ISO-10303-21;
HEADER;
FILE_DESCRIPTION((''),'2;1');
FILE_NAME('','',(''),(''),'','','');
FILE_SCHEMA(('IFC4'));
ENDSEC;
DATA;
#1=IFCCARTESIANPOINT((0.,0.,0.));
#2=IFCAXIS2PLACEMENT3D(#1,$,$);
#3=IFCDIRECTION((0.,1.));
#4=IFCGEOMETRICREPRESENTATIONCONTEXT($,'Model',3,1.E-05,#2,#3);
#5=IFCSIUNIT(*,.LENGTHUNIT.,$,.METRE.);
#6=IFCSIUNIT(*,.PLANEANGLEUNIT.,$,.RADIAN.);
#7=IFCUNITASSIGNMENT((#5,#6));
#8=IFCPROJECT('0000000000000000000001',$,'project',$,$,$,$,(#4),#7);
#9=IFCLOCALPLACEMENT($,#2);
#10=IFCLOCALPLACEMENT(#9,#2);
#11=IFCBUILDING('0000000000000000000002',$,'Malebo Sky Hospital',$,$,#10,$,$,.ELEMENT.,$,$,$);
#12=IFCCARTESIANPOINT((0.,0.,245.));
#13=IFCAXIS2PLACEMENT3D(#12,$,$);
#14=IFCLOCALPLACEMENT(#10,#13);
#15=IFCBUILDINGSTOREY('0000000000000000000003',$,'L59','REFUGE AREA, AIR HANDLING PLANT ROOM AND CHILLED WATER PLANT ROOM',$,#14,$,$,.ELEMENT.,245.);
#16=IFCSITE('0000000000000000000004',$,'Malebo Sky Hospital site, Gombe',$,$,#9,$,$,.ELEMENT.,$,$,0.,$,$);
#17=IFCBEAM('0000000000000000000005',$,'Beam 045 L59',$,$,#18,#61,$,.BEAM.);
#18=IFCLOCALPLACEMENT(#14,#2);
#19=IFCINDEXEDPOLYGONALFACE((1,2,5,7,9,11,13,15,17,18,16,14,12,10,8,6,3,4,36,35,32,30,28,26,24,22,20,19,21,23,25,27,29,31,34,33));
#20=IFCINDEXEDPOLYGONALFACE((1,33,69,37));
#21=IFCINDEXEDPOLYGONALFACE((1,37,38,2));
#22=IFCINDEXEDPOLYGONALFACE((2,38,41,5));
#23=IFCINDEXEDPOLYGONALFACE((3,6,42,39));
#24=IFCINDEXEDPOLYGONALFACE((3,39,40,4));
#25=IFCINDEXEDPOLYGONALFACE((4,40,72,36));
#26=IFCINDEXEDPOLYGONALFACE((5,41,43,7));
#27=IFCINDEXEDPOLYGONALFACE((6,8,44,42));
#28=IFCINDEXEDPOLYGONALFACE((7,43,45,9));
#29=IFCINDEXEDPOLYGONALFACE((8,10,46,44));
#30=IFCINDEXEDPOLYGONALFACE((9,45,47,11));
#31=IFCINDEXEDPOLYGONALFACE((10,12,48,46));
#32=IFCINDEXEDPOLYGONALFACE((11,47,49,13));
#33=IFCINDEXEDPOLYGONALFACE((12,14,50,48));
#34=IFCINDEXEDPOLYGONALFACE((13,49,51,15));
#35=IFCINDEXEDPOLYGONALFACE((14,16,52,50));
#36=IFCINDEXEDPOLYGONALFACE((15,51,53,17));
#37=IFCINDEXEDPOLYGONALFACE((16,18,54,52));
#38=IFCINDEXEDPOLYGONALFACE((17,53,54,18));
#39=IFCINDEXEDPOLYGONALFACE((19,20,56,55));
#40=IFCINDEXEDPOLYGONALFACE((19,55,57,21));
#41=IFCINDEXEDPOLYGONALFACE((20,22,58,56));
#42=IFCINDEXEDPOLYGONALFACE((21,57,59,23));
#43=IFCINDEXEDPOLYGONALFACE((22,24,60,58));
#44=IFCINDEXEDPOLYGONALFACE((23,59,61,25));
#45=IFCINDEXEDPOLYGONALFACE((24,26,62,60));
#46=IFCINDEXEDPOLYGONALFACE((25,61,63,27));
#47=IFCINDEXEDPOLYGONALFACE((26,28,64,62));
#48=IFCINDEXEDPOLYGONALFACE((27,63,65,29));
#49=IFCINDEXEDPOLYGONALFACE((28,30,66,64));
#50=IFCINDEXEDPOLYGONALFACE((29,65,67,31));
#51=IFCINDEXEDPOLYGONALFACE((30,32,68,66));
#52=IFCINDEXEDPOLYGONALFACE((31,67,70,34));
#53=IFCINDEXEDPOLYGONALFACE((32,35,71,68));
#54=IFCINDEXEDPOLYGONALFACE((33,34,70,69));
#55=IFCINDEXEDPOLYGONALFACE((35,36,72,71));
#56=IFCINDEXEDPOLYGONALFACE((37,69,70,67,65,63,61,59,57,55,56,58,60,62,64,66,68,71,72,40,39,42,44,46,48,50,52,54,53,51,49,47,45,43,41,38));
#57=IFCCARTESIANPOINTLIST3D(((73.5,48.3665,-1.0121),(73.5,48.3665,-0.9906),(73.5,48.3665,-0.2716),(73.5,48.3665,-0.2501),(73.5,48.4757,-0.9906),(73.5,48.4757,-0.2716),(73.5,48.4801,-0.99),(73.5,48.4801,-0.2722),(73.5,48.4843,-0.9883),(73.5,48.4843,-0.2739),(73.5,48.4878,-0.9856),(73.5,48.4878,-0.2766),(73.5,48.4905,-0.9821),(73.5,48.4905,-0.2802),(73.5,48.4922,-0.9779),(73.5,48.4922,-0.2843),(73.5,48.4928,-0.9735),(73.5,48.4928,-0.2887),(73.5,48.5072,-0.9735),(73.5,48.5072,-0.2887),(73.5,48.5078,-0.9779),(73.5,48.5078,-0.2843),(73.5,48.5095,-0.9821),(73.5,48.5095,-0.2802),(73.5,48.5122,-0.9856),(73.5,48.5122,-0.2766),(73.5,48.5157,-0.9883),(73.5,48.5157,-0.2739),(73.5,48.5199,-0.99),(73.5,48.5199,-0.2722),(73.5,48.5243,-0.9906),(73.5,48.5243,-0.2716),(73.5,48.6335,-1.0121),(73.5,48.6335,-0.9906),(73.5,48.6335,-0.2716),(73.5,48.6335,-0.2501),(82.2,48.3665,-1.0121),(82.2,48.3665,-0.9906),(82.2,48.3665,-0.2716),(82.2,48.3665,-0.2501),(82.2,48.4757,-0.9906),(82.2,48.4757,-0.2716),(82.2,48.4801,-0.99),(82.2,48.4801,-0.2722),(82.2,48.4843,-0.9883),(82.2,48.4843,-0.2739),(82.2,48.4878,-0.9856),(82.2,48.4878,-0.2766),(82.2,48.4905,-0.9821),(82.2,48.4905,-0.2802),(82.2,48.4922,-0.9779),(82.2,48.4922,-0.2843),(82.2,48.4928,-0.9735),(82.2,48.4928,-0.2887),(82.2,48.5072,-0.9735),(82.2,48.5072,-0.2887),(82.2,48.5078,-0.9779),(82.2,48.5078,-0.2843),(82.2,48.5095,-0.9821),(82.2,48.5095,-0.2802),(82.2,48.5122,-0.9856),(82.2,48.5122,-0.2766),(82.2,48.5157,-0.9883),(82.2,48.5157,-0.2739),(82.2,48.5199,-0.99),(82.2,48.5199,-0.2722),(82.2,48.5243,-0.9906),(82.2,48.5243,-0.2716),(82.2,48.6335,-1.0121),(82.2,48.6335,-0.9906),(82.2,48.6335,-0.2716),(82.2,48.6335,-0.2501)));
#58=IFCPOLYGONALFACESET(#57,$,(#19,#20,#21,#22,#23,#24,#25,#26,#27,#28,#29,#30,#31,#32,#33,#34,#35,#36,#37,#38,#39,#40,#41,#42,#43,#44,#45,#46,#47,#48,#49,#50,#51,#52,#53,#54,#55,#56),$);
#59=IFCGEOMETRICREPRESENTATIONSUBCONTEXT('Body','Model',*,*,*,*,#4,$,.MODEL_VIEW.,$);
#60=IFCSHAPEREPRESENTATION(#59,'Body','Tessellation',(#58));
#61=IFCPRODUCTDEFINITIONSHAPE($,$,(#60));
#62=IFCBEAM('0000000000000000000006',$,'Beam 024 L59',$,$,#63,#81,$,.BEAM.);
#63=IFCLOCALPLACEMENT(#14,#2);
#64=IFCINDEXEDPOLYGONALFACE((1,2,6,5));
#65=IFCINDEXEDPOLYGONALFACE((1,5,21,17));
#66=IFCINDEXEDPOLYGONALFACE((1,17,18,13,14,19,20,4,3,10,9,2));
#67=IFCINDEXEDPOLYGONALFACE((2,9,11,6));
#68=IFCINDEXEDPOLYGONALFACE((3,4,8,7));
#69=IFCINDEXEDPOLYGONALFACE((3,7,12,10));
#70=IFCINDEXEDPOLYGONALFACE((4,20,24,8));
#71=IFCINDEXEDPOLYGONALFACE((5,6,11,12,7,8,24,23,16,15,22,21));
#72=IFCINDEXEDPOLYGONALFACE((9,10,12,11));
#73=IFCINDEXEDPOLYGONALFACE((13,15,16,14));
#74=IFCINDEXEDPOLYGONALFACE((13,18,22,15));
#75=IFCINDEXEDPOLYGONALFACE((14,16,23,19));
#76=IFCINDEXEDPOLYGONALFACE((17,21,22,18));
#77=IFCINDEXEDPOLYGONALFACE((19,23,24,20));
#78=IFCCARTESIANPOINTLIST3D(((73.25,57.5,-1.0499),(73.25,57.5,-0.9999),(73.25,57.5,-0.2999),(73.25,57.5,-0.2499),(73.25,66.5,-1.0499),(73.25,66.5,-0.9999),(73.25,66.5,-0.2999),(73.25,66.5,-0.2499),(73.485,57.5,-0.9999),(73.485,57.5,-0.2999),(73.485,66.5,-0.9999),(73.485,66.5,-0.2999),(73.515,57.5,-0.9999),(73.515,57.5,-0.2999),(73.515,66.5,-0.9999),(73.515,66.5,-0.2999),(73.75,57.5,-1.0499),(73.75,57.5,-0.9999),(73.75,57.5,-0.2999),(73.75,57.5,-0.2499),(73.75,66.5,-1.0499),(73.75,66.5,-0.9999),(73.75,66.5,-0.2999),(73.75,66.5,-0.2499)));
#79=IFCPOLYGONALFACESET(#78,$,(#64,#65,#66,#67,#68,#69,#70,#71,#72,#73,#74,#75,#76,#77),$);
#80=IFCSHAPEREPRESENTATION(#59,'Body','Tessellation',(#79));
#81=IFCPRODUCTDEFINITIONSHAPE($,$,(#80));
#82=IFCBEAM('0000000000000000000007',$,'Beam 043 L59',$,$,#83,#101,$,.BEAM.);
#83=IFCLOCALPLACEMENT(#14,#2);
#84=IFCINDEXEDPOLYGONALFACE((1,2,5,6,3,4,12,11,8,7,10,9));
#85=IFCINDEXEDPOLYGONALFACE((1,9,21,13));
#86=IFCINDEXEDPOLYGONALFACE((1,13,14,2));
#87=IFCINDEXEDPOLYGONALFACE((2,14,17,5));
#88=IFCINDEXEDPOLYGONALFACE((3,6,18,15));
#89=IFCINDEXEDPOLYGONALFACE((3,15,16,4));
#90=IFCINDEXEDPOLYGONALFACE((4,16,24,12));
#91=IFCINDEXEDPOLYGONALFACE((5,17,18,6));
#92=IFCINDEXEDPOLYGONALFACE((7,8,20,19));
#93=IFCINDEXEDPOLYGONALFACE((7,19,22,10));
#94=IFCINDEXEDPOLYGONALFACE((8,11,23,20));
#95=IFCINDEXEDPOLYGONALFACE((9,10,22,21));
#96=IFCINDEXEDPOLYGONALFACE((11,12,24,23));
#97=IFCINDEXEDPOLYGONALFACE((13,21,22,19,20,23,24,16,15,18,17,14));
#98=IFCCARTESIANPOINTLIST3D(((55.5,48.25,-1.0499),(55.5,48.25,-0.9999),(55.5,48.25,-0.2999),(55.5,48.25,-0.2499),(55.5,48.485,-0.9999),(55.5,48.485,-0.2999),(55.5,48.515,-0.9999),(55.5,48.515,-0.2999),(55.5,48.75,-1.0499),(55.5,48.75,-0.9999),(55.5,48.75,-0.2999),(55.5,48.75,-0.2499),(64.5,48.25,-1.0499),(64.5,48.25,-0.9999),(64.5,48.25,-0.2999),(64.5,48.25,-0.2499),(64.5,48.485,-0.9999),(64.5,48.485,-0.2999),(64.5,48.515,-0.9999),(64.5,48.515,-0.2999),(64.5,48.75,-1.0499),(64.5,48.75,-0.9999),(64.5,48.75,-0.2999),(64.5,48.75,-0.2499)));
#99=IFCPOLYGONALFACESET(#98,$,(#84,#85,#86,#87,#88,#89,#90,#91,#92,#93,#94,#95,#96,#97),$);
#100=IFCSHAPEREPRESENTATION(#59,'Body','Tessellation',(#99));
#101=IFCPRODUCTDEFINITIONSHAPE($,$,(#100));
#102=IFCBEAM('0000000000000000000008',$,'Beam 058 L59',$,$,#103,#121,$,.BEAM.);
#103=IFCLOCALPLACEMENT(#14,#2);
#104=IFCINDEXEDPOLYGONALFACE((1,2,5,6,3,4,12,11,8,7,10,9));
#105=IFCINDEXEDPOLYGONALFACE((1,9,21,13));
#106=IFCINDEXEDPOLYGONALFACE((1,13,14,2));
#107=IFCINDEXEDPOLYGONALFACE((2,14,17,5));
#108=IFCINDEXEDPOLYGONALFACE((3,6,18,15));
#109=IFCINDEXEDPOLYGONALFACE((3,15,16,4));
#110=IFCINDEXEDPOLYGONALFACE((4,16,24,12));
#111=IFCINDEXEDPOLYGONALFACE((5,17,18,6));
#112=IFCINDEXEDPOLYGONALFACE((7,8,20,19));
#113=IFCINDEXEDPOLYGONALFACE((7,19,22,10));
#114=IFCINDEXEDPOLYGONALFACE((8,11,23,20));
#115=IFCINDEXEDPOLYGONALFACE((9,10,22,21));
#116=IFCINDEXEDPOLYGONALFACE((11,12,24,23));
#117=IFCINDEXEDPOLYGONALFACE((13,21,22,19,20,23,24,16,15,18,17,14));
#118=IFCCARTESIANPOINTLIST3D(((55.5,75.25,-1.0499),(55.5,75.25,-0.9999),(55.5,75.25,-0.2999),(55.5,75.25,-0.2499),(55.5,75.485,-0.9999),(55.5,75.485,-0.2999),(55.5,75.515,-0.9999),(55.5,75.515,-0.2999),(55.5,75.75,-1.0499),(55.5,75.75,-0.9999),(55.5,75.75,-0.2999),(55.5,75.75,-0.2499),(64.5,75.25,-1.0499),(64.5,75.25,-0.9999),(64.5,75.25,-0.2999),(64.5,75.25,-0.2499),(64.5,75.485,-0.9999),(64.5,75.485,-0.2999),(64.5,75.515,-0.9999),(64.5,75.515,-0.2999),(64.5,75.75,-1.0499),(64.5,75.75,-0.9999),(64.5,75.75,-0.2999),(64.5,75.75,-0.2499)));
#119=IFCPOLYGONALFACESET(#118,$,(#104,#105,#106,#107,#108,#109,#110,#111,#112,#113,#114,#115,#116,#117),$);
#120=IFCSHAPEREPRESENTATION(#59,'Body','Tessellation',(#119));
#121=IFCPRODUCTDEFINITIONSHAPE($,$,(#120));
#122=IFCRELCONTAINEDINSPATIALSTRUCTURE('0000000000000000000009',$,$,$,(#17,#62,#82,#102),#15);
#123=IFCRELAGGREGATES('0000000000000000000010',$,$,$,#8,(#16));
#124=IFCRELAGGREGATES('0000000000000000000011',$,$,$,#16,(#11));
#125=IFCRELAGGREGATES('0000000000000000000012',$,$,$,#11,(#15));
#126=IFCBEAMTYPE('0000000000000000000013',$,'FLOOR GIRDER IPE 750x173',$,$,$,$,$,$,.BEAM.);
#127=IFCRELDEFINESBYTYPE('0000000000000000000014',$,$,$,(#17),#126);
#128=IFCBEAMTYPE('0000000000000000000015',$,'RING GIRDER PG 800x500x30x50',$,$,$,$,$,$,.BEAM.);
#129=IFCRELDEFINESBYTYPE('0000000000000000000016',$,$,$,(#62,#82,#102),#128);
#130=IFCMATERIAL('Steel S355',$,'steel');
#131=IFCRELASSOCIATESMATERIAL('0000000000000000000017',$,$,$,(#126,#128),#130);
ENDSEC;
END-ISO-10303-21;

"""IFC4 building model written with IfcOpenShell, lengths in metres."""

from ifc_helpers import new_model, si_unit, direction, frame, origin, origin_2d, place, context, subcontext, project, spatial, i_section, extrude, material, material_profile, profile_set, type_object, element, save


model = new_model("IFC4")

# Units and contexts
model_context = context("Model", 3, precision=1e-05, world=origin(), true_north=direction((0.0, 1.0)))
body_context = subcontext(model_context, "Body", "Model", "MODEL_VIEW")
ifc_project = project(units=[si_unit("LENGTHUNIT", "METRE"), si_unit("PLANEANGLEUNIT", "RADIAN")], contexts=[model_context])

# Site, building, storey
site_placement = place(None, origin())
site = spatial("IfcSite", under=ifc_project, at=site_placement, Name="Malebo Sky Hospital site, Gombe", CompositionType="ELEMENT", RefElevation=0.0)
building_placement = place(site_placement, origin())
building = spatial("IfcBuilding", under=site, at=building_placement, Name="Malebo Sky Hospital", CompositionType="ELEMENT")
storey_placement = place(building_placement, frame((0.0, 0.0, 245.0)))
storey = spatial("IfcBuildingStorey", under=building, at=storey_placement, Name="L59", Description="REFUGE AREA, AIR HANDLING PLANT ROOM AND CHILLED WATER PLANT ROOM", CompositionType="ELEMENT", Elevation=245.0)

# Beams
ifc_material = material(Name="Steel S355", Category="steel")
ifc_material_profile_1 = material_profile(ifc_material, i_section(OverallWidth=0.2671, OverallDepth=0.762, WebThickness=0.0144, FlangeThickness=0.0215, FilletRadius=0.0171, at=origin_2d()), Name="IPE 750x173")
ifc_profile_set_1 = profile_set([ifc_material_profile_1], Name="Steel S355")
beam_type_1 = type_object("IfcBeamType", Name="FLOOR GIRDER IPE 750x173", PredefinedType="BEAM", material=ifc_profile_set_1)
for number, where, z_axis, x_axis, name in (
    (1, (73.5, 48.5, -0.6311), (1.0, 0.0, 0.0), (0.0, 1.0, 0.0), "Beam 045 L59"),
):
    element("IfcBeam", number, at=place(storey_placement, frame(where, z_axis=z_axis, x_axis=x_axis)), inside=storey, type_object=beam_type_1, Name=name, PredefinedType="BEAM", context=body_context, shape_type="SweptSolid", body=[
        extrude(i_section(OverallWidth=0.2671, OverallDepth=0.762, WebThickness=0.0144, FlangeThickness=0.0215, FilletRadius=0.0171, at=origin_2d()), origin(), (0.0, 0.0, 1.0), 8.7),
    ])
ifc_material_profile_2 = material_profile(ifc_material, i_section(OverallWidth=0.5, OverallDepth=0.8, WebThickness=0.03, FlangeThickness=0.05, at=origin_2d()), Name="PG 800x500x30x50")
ifc_profile_set_2 = profile_set([ifc_material_profile_2], Name="Steel S355")
beam_type_2 = type_object("IfcBeamType", Name="RING GIRDER PG 800x500x30x50", PredefinedType="BEAM", material=ifc_profile_set_2)
for number, where, z_axis, x_axis, name in (
    (2, (73.5, 57.5, -0.6499), (0.0, 1.0, 0.0), (-1.0, 0.0, 0.0), "Beam 024 L59"),
    (3, (55.5, 48.5, -0.6499), (1.0, 0.0, 0.0), (0.0, 1.0, 0.0), "Beam 043 L59"),
    (4, (55.5, 75.5, -0.6499), (1.0, 0.0, 0.0), (0.0, 1.0, 0.0), "Beam 058 L59"),
):
    element("IfcBeam", number, at=place(storey_placement, frame(where, z_axis=z_axis, x_axis=x_axis)), inside=storey, type_object=beam_type_2, Name=name, PredefinedType="BEAM", context=body_context, shape_type="SweptSolid", body=[
        extrude(i_section(OverallWidth=0.5, OverallDepth=0.8, WebThickness=0.03, FlangeThickness=0.05, at=origin_2d()), origin(), (0.0, 0.0, 1.0), 9.0),
    ])

save(model, "model.ifc")
